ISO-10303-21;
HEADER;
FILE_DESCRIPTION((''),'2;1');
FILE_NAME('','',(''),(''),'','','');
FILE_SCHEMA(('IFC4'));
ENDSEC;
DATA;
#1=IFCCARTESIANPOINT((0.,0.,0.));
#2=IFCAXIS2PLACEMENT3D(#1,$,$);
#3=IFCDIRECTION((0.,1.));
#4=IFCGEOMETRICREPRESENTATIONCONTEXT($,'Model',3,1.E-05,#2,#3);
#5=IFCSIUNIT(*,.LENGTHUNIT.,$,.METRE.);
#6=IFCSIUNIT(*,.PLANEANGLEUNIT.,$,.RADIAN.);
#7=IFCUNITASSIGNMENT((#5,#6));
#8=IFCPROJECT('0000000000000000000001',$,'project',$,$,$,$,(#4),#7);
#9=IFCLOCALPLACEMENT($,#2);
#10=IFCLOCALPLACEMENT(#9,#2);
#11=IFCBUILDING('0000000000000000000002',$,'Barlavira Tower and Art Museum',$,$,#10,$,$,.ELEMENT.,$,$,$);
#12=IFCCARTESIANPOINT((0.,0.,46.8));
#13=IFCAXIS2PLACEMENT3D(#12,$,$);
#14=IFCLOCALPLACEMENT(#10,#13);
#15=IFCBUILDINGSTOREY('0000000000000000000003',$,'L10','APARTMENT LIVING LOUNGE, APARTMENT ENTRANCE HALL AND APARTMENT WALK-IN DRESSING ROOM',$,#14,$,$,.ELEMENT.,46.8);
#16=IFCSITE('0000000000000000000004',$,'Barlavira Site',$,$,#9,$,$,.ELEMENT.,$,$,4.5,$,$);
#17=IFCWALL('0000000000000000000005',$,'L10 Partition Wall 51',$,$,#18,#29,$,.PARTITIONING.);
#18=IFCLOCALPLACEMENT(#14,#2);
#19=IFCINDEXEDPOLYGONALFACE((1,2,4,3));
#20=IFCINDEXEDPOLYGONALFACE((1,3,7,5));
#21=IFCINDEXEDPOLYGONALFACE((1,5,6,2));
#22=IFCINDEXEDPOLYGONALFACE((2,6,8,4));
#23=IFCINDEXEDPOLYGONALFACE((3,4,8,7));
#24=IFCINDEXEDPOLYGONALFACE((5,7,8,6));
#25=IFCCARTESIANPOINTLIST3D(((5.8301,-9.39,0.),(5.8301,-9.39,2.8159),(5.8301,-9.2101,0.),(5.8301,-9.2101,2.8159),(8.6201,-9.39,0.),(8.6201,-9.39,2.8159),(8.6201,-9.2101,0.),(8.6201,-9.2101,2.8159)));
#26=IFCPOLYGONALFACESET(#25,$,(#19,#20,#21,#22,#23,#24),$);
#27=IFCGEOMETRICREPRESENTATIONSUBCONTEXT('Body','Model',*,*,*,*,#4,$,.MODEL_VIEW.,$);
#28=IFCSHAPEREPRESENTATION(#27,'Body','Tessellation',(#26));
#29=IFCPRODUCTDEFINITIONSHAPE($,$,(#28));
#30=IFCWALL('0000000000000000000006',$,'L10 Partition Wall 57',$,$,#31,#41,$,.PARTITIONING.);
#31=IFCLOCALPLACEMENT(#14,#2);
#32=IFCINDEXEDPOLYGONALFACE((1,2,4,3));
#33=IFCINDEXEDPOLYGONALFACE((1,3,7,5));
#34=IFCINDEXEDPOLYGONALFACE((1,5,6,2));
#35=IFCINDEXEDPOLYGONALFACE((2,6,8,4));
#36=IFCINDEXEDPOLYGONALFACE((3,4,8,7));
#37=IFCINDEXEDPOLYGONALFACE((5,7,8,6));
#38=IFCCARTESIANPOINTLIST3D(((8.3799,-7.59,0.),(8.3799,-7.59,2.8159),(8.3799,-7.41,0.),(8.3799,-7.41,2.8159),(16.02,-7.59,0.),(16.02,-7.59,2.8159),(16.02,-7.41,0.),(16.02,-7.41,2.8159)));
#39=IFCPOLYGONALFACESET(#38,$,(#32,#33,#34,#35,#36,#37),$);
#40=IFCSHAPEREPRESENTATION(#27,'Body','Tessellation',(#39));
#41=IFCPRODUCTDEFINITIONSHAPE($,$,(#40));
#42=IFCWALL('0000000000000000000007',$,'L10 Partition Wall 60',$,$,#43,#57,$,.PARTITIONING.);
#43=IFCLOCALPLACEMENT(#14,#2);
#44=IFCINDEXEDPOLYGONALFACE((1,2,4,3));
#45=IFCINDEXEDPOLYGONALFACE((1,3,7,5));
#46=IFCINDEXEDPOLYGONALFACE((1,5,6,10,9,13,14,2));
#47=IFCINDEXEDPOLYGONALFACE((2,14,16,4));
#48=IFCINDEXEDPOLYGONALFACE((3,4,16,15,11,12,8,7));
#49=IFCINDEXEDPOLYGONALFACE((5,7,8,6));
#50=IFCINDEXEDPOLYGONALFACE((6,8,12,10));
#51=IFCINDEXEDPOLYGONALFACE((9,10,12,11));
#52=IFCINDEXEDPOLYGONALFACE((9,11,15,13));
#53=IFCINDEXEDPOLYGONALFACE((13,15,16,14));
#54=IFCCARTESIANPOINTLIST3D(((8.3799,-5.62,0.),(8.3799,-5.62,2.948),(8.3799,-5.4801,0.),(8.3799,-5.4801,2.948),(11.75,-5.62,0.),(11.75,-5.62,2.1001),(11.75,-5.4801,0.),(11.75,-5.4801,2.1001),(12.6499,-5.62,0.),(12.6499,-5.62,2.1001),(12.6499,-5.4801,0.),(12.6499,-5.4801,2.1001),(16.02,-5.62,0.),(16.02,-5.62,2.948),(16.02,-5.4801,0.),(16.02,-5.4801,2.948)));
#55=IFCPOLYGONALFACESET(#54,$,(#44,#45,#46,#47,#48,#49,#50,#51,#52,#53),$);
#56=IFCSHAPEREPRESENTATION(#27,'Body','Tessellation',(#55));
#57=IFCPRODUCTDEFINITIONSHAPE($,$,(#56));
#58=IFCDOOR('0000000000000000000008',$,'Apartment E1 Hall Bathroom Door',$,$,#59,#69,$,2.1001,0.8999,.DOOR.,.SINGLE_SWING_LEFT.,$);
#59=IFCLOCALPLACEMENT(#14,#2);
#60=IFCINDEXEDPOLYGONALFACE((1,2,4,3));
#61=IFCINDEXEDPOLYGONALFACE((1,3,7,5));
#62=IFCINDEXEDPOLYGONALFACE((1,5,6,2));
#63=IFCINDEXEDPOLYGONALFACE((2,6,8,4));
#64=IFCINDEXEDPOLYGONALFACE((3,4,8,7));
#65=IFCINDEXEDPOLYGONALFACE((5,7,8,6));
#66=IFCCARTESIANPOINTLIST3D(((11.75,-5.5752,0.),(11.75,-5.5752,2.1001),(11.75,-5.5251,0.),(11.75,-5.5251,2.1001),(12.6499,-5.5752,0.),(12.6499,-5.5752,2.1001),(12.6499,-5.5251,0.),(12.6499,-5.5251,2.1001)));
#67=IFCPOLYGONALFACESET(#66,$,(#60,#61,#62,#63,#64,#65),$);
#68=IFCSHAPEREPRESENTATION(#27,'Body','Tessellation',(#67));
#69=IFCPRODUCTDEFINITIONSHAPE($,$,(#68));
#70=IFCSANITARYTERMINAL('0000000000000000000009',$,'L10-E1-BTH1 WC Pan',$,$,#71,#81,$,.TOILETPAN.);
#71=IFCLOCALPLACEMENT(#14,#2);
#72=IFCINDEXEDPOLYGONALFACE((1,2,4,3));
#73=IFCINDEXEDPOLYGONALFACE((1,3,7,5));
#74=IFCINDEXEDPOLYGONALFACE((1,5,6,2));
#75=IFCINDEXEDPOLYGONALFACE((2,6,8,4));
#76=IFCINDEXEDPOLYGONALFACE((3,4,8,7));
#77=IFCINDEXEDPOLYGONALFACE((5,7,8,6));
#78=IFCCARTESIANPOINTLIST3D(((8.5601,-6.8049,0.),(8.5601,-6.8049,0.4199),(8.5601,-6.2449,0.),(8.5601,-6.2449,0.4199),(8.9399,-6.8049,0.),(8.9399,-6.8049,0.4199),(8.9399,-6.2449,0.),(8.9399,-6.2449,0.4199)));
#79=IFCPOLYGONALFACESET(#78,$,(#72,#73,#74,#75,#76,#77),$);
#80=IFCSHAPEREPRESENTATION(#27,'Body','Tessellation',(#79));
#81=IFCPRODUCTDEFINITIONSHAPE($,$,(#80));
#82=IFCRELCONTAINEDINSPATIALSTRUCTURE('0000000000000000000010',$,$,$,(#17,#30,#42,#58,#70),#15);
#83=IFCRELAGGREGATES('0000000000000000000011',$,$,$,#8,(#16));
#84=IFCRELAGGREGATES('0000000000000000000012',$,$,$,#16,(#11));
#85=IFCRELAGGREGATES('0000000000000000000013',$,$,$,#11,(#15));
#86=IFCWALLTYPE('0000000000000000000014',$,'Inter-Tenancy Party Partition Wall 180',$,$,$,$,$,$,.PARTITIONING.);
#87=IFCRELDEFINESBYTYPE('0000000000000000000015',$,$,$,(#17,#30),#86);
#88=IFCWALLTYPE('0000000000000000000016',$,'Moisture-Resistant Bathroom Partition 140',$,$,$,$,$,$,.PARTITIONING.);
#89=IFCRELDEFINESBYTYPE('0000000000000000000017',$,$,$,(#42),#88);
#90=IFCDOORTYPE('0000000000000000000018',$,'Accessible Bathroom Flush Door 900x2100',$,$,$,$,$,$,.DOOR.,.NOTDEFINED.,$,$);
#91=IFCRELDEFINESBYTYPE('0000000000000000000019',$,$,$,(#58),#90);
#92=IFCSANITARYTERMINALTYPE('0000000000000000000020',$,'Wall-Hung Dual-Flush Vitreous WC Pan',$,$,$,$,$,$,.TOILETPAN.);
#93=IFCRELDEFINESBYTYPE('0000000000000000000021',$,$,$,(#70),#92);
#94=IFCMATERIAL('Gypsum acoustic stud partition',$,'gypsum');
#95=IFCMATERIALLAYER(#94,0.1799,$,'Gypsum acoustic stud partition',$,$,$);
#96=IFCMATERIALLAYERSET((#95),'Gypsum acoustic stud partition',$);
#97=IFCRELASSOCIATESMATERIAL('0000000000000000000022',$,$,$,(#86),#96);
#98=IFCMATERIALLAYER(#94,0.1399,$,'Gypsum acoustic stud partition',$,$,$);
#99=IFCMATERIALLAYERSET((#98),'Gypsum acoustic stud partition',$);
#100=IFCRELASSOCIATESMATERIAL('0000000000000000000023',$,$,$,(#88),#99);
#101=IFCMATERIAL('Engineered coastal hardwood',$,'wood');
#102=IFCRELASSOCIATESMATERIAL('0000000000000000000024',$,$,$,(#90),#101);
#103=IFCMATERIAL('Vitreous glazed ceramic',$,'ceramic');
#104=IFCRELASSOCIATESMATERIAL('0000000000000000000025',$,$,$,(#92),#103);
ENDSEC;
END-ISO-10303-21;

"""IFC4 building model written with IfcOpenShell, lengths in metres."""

from ifc_helpers import new_model, si_unit, direction, frame, frame_2d, origin, origin_2d, place, context, subcontext, project, spatial, rectangle, extrude, material, layer, layer_set, type_object, element, fill, save


model = new_model("IFC4")

# Units and contexts
model_context = context("Model", 3, precision=1e-05, world=origin(), true_north=direction((0.0, 1.0)))
body_context = subcontext(model_context, "Body", "Model", "MODEL_VIEW")
ifc_project = project(units=[si_unit("LENGTHUNIT", "METRE"), si_unit("PLANEANGLEUNIT", "RADIAN")], contexts=[model_context])

# Site, building, storey
site_placement = place(None, origin())
site = spatial("IfcSite", under=ifc_project, at=site_placement, Name="Barlavira Site", CompositionType="ELEMENT", RefElevation=4.5)
building_placement = place(site_placement, origin())
building = spatial("IfcBuilding", under=site, at=building_placement, Name="Barlavira Tower and Art Museum", CompositionType="ELEMENT")
storey_placement = place(building_placement, frame((0.0, 0.0, 46.8)))
storey = spatial("IfcBuildingStorey", under=building, at=storey_placement, Name="L10", Description="APARTMENT LIVING LOUNGE, APARTMENT ENTRANCE HALL AND APARTMENT WALK-IN DRESSING ROOM", CompositionType="ELEMENT", Elevation=46.8)

# Shared definitions
ifc_material_1 = material(Name="Gypsum acoustic stud partition", Category="gypsum")
ifc_material_2 = material(Name="Engineered coastal hardwood", Category="wood")

# Shared definitions
ifc_layer_1 = layer(ifc_material_1, 0.1799, Name="Gypsum acoustic stud partition")
ifc_layer_set_1 = layer_set([ifc_layer_1], Name="Gypsum acoustic stud partition")
wall_type_1 = type_object("IfcWallType", Name="Inter-Tenancy Party Partition Wall 180", PredefinedType="PARTITIONING", material=ifc_layer_set_1)

# Walls
wall_1_placement = place(storey_placement, frame((5.8301, -9.3, 0.0), z_axis=(0.0, 0.0, 1.0), x_axis=(1.0, 0.0, 0.0)))
element("IfcWall", 1, at=wall_1_placement, inside=storey, type_object=wall_type_1, Name="L10 Partition Wall 51", PredefinedType="PARTITIONING", context=body_context, shape_type="SweptSolid", body=[
    extrude(rectangle(XDim=2.79, YDim=0.1799, at=frame_2d((1.395, 0.0))), origin(), (0.0, 0.0, 1.0), 2.8159),
])
wall_2_placement = place(storey_placement, frame((8.3799, -7.5, 0.0), z_axis=(0.0, 0.0, 1.0), x_axis=(1.0, 0.0, 0.0)))
element("IfcWall", 2, at=wall_2_placement, inside=storey, type_object=wall_type_1, Name="L10 Partition Wall 57", PredefinedType="PARTITIONING", context=body_context, shape_type="SweptSolid", body=[
    extrude(rectangle(XDim=7.6401, YDim=0.1799, at=frame_2d((3.8201, 0.0))), origin(), (0.0, 0.0, 1.0), 2.8159),
])

# Wall, opening, door
ifc_layer_2 = layer(ifc_material_1, 0.1399, Name="Gypsum acoustic stud partition")
ifc_layer_set_2 = layer_set([ifc_layer_2], Name="Gypsum acoustic stud partition")
wall_type_2 = type_object("IfcWallType", Name="Moisture-Resistant Bathroom Partition 140", PredefinedType="PARTITIONING", material=ifc_layer_set_2)
wall_3_placement = place(storey_placement, frame((8.3799, -5.55, 0.0), z_axis=(0.0, 0.0, 1.0), x_axis=(1.0, 0.0, 0.0)))
wall_3 = element("IfcWall", 3, at=wall_3_placement, inside=storey, type_object=wall_type_2, Name="L10 Partition Wall 60", PredefinedType="PARTITIONING", context=body_context, shape_type="SweptSolid", body=[
    extrude(rectangle(XDim=7.6401, YDim=0.1399, at=frame_2d((3.8201, 0.0))), origin(), (0.0, 0.0, 1.0), 2.948),
])
opening_1_placement = place(wall_3_placement, frame((3.3701, 0.0, 0.0)))
opening_1 = element("IfcOpeningElement", 4, at=opening_1_placement, cuts=wall_3, PredefinedType="OPENING", context=body_context, shape_type="SweptSolid", body=[
    extrude(rectangle(XDim=0.8999, YDim=2.1001, at=frame_2d((0.45, 1.05))), frame((0.0, 0.0801, 0.0), z_axis=(0.0, -1.0, 0.0), x_axis=(1.0, 0.0, 0.0)), (0.0, 0.0, 1.0), 0.1599),
])
door_type_1 = type_object("IfcDoorType", Name="Accessible Bathroom Flush Door 900x2100", OperationType="NOTDEFINED", PredefinedType="DOOR", material=ifc_material_2)
door_1_placement = place(opening_1_placement, origin())
door_1 = element("IfcDoor", 5, at=door_1_placement, inside=storey, type_object=door_type_1, Name="Apartment E1 Hall Bathroom Door", OperationType="SINGLE_SWING_LEFT", OverallHeight=2.1001, OverallWidth=0.8999, PredefinedType="DOOR", context=body_context, shape_type="SweptSolid", body=[
    extrude(rectangle(XDim=0.8999, YDim=2.1001, at=frame_2d((0.45, 1.05))), frame((0.0, 0.0249, 0.0), z_axis=(0.0, -1.0, 0.0), x_axis=(1.0, 0.0, 0.0)), (0.0, 0.0, 1.0), 0.05),
])
fill(opening_1, door_1)

# Sanitary terminal
ifc_material_3 = material(Name="Vitreous glazed ceramic", Category="ceramic")
sanitary_terminal_type = type_object("IfcSanitaryTerminalType", Name="Wall-Hung Dual-Flush Vitreous WC Pan", PredefinedType="TOILETPAN", material=ifc_material_3)
sanitary_terminal_placement = place(storey_placement, frame((8.75, -6.5249, 0.0), z_axis=(0.0, 0.0, 1.0), x_axis=(1.0, 0.0, 0.0)))
element("IfcSanitaryTerminal", 6, at=sanitary_terminal_placement, inside=storey, type_object=sanitary_terminal_type, Name="L10-E1-BTH1 WC Pan", PredefinedType="TOILETPAN", context=body_context, shape_type="SweptSolid", body=[
    extrude(rectangle(XDim=0.3799, YDim=0.5601, at=origin_2d()), origin(), (0.0, 0.0, 1.0), 0.4199),
])

save(model, "model.ifc")
